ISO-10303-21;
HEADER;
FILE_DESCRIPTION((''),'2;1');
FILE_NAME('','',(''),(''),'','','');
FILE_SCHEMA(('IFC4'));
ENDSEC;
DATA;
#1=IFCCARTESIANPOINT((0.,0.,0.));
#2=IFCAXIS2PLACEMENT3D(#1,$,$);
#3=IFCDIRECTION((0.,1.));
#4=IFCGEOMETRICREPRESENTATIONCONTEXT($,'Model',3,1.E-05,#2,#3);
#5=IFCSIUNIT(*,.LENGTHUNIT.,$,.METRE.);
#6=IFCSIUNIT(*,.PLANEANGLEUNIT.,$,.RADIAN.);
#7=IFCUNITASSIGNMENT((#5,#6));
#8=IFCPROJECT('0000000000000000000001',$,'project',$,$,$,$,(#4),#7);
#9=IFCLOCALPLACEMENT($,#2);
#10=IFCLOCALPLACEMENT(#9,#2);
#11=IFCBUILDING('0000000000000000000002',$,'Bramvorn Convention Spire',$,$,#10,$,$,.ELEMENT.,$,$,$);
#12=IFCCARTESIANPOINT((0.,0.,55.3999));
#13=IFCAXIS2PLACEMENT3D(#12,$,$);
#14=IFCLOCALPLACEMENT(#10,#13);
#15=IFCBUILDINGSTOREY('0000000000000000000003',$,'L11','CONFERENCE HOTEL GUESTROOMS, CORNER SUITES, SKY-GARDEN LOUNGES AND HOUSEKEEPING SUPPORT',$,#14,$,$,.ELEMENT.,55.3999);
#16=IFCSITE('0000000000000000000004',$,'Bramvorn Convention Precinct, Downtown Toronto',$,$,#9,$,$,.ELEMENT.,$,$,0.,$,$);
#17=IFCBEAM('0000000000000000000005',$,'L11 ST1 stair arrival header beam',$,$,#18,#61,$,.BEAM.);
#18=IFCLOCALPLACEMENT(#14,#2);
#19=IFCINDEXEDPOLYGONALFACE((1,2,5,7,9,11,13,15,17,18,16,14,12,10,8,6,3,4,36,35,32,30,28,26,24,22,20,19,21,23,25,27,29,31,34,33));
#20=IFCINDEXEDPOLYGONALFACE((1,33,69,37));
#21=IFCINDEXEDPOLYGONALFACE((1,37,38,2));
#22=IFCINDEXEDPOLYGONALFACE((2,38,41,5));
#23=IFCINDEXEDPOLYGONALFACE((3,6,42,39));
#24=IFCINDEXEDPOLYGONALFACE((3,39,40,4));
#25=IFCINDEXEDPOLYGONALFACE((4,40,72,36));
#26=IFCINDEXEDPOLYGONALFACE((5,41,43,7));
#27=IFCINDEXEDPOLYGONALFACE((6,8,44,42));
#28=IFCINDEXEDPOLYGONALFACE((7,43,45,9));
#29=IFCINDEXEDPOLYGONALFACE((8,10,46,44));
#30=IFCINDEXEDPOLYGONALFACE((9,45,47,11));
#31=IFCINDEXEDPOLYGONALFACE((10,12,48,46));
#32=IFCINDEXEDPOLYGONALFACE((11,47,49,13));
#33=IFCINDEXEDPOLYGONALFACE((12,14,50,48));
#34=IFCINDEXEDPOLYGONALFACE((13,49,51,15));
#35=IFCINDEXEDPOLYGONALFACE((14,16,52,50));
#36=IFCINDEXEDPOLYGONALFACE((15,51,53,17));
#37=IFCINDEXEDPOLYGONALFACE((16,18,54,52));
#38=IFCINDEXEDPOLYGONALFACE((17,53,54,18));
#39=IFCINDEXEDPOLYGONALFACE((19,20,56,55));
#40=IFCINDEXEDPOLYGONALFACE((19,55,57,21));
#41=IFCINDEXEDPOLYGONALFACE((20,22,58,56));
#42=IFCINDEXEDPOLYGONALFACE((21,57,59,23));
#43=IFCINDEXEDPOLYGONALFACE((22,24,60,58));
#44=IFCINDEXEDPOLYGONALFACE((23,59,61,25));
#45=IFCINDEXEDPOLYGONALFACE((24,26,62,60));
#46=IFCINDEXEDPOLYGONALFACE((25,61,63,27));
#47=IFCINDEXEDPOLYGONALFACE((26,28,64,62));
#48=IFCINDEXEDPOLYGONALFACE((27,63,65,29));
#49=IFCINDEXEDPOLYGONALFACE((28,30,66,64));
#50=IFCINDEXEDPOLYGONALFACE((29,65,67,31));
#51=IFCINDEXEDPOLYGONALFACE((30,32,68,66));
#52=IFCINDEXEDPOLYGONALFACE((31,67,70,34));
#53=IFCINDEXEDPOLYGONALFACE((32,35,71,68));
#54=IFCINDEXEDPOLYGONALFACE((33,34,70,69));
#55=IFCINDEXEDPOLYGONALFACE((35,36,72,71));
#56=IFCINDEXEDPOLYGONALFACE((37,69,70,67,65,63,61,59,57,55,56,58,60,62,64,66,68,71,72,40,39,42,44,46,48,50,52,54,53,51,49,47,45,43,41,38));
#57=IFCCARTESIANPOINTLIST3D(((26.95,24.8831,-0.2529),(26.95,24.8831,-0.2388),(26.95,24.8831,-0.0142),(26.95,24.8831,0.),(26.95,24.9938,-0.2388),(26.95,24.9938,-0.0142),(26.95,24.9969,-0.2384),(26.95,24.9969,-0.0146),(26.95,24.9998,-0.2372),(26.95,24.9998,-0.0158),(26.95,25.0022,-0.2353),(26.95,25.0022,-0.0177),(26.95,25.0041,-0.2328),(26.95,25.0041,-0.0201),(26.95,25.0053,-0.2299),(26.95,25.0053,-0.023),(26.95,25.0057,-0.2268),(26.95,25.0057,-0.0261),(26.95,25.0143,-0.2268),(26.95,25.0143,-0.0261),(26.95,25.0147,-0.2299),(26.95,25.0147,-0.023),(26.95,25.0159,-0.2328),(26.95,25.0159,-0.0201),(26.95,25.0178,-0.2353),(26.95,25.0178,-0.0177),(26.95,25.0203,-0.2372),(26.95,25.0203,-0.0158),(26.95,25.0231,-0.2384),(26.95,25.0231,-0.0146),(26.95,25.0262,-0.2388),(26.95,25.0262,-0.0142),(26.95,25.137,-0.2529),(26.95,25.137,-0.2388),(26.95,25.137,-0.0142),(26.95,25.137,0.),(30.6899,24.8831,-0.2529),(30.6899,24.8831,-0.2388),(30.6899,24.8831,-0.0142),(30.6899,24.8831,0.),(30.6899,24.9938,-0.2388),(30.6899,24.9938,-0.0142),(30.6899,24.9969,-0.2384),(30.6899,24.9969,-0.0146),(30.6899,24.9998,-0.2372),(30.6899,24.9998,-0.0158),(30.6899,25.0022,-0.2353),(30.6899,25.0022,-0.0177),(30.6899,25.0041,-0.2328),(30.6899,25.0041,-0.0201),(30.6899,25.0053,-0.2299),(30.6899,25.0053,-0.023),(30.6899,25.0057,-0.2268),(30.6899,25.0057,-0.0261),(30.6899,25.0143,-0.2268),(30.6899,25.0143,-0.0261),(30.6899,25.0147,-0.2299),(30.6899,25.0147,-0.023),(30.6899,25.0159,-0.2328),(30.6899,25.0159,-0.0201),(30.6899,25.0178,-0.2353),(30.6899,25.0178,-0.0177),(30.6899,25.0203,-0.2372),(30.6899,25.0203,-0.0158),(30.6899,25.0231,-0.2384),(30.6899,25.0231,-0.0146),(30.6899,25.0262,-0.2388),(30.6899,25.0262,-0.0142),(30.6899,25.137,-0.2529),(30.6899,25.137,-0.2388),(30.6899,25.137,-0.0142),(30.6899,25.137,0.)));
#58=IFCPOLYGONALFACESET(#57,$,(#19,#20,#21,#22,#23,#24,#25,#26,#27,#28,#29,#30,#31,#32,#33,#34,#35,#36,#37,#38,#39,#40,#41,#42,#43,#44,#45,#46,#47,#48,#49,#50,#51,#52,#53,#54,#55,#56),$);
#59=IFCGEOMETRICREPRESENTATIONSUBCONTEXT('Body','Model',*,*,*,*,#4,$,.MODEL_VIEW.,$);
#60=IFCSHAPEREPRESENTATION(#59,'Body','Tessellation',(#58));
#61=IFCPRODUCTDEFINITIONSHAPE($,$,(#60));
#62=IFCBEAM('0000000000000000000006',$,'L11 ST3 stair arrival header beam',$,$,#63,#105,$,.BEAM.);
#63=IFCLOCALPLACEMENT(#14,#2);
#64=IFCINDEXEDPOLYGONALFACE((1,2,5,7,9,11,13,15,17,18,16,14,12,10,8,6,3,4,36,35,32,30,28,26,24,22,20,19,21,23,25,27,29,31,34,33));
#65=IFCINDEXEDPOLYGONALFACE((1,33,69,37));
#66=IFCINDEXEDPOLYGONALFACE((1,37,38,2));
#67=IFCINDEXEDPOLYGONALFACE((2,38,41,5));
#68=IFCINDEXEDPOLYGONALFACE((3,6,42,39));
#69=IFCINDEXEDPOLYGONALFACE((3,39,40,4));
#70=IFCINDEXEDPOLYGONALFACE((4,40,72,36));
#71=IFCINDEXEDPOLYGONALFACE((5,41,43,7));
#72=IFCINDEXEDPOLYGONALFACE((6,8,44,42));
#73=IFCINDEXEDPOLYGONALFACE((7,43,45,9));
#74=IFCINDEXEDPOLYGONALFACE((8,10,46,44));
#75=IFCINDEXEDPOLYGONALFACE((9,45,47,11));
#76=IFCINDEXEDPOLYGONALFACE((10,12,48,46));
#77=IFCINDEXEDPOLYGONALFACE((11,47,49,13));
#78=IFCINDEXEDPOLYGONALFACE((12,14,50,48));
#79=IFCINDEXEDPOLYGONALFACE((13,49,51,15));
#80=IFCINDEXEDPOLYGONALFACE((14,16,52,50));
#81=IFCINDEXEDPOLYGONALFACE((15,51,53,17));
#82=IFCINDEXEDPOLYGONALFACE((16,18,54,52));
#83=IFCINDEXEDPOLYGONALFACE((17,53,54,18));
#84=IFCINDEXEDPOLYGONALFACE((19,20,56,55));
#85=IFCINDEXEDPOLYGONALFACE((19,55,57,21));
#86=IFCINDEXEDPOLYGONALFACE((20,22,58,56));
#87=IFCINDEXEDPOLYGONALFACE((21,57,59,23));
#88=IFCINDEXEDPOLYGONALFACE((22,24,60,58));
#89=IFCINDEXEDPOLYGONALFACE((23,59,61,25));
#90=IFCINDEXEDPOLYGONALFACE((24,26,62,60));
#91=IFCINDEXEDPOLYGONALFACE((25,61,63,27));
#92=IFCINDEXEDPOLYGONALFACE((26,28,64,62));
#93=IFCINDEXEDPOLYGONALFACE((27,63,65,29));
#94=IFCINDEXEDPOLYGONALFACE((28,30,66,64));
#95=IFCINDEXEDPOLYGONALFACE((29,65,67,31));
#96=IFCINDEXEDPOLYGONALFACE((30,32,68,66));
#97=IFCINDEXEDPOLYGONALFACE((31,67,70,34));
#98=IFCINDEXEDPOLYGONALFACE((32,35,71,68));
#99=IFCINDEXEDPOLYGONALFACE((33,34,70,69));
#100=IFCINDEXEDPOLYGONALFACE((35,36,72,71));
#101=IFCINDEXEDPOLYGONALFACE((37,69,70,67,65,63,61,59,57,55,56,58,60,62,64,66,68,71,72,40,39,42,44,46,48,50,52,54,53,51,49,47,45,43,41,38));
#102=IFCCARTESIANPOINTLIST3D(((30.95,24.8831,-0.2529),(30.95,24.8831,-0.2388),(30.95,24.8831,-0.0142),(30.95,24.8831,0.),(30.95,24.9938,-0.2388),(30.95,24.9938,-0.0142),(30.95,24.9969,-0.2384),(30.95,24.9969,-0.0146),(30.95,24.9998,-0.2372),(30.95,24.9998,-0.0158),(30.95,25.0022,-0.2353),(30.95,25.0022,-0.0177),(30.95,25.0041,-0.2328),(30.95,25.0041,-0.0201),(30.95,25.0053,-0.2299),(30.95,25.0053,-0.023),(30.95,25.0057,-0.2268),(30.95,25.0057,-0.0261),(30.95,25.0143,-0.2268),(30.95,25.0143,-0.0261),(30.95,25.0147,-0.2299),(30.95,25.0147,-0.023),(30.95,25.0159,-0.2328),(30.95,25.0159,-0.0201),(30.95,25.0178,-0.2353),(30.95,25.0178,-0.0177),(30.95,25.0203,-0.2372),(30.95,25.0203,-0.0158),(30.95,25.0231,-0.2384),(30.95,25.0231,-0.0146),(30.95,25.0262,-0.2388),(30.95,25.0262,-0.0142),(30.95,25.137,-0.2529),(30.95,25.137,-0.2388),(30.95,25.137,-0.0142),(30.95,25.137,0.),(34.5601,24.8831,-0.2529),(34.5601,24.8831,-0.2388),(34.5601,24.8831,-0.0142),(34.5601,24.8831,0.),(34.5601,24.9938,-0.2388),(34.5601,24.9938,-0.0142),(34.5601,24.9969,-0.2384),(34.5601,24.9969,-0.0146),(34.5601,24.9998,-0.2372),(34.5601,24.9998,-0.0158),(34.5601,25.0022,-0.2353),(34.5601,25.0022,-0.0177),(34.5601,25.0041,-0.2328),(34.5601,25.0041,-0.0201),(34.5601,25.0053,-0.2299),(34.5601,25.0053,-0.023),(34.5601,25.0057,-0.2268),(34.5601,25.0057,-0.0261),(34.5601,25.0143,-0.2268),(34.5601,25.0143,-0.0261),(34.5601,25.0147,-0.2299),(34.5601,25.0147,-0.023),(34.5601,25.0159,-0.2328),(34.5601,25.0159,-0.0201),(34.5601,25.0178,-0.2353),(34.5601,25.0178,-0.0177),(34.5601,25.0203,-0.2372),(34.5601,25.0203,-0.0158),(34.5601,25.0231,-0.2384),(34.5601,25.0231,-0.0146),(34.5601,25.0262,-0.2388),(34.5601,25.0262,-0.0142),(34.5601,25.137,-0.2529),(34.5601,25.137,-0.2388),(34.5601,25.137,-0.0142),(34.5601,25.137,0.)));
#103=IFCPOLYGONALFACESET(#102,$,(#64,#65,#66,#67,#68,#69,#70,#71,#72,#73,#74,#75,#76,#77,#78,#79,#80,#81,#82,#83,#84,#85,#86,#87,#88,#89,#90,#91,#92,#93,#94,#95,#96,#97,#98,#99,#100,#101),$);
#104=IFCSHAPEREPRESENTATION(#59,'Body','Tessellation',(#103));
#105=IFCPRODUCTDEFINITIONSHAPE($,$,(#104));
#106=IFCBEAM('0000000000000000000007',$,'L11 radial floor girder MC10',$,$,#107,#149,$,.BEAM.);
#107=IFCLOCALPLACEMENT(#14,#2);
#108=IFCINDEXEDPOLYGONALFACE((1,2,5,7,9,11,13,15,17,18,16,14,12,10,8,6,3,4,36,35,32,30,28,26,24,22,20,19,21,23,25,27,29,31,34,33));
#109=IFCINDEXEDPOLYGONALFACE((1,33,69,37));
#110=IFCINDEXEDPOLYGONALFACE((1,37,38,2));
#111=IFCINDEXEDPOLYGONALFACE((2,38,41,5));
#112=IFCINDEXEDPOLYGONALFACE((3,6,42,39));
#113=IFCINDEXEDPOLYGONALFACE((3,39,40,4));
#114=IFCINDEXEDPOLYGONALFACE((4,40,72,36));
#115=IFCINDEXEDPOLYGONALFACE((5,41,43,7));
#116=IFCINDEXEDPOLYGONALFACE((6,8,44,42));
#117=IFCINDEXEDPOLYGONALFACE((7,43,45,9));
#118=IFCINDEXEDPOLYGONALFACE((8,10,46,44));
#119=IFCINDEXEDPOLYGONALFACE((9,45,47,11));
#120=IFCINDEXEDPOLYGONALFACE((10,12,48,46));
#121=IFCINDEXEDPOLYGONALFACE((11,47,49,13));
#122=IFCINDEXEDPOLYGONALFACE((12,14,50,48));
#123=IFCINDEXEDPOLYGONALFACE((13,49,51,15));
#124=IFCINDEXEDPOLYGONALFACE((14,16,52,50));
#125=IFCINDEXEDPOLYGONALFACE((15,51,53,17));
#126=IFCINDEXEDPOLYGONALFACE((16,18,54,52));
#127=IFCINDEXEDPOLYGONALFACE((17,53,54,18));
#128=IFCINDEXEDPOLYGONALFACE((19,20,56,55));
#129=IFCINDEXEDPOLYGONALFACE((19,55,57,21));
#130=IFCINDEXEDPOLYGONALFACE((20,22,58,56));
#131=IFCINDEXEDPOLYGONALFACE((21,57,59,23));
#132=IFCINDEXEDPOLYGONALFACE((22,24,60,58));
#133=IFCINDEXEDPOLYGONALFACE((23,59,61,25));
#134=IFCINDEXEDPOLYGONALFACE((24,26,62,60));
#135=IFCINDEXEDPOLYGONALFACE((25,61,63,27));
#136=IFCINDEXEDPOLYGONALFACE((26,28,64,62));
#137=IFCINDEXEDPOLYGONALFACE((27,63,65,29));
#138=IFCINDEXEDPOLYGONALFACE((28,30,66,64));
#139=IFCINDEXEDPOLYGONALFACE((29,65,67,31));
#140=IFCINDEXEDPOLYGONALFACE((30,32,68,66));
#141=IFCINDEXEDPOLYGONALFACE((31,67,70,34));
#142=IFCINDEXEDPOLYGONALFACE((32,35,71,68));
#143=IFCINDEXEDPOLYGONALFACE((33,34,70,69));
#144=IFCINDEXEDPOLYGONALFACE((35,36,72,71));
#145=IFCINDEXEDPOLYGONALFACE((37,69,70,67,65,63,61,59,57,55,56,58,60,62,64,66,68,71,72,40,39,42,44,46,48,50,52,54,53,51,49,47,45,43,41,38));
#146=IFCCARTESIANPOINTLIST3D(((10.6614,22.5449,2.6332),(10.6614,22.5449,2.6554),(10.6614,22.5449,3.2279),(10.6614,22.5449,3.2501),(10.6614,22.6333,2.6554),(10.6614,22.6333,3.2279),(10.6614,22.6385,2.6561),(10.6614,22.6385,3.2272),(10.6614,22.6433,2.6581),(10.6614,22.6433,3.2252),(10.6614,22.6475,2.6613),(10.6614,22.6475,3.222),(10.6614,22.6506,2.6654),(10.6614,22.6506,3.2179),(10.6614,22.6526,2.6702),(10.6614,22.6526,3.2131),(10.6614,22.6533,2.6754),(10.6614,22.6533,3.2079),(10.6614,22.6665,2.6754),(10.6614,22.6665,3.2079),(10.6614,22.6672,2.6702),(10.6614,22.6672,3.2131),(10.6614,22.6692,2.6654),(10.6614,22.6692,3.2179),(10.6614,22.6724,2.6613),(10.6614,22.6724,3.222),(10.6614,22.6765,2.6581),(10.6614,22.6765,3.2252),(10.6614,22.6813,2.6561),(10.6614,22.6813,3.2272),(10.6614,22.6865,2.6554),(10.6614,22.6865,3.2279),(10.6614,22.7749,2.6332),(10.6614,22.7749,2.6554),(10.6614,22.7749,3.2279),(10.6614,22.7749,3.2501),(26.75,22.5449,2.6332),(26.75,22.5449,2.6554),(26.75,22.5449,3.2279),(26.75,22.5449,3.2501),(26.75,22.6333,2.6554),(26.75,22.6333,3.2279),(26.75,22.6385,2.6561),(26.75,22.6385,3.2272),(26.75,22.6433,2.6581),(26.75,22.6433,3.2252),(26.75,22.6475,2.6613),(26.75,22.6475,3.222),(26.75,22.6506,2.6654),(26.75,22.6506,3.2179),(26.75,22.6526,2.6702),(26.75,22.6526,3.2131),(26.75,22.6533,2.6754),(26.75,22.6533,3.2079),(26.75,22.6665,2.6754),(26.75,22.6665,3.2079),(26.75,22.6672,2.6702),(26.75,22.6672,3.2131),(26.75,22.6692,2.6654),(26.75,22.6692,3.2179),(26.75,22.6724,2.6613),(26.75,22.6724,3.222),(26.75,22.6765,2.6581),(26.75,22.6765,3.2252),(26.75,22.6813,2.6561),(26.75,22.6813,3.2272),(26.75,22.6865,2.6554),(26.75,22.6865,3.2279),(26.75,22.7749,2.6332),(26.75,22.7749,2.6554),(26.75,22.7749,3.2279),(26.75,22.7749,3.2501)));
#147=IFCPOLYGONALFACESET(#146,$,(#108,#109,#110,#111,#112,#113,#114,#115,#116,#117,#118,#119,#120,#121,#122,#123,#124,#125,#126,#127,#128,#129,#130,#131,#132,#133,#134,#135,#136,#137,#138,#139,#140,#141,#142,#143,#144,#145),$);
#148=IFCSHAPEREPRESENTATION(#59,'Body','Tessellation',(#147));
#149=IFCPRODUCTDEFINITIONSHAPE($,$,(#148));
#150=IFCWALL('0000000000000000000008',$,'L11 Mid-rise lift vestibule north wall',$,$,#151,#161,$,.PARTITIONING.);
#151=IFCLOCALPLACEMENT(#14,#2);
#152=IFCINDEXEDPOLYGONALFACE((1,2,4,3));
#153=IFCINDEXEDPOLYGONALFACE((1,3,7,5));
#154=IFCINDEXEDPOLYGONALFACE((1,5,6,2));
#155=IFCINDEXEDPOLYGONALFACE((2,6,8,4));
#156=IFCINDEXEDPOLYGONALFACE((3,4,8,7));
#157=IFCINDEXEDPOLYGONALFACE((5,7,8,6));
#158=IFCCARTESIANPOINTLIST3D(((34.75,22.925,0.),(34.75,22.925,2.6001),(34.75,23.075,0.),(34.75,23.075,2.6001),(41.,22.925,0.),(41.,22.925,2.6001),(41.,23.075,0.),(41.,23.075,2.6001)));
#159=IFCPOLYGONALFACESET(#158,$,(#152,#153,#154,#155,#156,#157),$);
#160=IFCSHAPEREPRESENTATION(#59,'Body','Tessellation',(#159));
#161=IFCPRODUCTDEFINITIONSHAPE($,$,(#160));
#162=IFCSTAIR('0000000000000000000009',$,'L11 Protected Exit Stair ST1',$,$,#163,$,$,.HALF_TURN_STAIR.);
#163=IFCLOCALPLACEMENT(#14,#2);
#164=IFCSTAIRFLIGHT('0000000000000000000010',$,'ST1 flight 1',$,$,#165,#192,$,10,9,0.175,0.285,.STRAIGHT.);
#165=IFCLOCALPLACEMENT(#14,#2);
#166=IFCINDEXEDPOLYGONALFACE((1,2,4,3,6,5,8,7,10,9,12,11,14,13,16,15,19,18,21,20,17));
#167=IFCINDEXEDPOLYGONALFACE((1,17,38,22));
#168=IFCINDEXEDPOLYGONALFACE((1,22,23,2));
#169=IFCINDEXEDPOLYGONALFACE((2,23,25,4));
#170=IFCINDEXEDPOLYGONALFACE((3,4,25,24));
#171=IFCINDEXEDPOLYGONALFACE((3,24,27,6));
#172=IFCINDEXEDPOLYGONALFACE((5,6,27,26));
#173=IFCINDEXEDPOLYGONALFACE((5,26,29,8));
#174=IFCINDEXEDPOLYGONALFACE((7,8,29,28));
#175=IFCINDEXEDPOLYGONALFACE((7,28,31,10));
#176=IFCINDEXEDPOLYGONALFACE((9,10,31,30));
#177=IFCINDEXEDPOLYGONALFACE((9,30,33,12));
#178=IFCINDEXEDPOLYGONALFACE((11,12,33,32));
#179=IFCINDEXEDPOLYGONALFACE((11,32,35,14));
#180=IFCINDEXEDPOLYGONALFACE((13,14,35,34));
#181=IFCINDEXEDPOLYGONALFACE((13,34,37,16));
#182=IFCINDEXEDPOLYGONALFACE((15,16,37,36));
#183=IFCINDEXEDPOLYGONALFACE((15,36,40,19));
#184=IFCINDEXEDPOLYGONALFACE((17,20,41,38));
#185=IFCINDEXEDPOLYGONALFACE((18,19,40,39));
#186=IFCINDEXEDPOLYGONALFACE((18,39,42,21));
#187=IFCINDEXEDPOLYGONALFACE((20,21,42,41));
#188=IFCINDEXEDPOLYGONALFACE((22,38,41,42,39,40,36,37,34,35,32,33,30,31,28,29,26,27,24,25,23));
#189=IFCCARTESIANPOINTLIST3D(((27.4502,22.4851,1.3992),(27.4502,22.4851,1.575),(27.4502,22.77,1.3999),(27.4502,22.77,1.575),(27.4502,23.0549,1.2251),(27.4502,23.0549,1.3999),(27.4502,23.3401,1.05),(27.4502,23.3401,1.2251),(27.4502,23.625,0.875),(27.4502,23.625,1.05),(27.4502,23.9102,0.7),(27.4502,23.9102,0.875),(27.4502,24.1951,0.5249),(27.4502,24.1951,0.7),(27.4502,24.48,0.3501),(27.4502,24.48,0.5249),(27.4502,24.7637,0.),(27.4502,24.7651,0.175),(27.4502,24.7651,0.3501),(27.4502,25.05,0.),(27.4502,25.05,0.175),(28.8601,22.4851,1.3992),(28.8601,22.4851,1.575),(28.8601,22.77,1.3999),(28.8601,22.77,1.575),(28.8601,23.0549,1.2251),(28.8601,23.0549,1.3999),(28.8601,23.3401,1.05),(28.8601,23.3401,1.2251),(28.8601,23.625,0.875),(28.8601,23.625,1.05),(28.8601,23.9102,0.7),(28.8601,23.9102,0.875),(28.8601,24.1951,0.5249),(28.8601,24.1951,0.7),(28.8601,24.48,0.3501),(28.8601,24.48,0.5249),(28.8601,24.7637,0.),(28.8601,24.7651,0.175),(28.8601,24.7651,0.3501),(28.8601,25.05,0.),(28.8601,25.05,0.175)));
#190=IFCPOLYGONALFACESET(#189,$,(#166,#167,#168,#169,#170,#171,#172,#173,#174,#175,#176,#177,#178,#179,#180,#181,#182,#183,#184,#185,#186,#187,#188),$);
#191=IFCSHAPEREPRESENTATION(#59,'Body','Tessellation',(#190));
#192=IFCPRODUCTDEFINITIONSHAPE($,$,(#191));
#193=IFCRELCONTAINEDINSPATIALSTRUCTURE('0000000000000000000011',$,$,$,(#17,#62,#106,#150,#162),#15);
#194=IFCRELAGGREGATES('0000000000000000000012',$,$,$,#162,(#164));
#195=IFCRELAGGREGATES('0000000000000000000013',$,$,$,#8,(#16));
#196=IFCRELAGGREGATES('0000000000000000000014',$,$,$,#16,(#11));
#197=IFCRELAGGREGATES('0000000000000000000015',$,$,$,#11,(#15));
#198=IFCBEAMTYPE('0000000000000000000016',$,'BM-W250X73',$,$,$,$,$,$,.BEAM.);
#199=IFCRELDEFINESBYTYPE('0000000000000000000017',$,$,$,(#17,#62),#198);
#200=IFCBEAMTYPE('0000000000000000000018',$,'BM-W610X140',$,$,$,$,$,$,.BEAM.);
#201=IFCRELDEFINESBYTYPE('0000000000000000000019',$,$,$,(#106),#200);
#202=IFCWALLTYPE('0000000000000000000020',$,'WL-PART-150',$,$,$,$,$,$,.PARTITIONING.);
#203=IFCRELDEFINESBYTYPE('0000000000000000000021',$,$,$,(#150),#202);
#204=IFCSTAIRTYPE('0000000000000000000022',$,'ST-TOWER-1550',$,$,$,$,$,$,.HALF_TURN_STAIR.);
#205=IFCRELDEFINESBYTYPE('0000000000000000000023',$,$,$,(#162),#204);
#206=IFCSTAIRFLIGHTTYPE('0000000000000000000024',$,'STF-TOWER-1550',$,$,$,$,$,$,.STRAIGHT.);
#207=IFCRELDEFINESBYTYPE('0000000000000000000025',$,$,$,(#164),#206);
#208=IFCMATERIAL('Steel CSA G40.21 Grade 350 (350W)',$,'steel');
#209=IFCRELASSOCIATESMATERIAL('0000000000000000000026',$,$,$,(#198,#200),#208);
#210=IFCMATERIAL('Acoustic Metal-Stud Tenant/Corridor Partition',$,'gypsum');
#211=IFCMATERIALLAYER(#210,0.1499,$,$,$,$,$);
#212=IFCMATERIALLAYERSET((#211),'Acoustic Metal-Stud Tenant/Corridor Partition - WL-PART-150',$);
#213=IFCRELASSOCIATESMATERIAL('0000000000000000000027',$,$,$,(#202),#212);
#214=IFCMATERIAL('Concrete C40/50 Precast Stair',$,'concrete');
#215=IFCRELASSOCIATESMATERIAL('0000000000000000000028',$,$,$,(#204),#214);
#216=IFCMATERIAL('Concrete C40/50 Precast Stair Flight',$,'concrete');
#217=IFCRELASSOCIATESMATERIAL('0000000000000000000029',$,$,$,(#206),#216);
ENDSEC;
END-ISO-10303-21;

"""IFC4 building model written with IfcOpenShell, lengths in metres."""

from ifc_helpers import new_model, si_unit, direction, frame, frame_2d, origin, origin_2d, place, context, subcontext, project, spatial, polyline, rectangle, i_section, outline, extrude, material, layer, layer_set, material_profile, profile_set, type_object, element, aggregate, save


model = new_model("IFC4")

# Units and contexts
model_context = context("Model", 3, precision=1e-05, world=origin(), true_north=direction((0.0, 1.0)))
body_context = subcontext(model_context, "Body", "Model", "MODEL_VIEW")
ifc_project = project(units=[si_unit("LENGTHUNIT", "METRE"), si_unit("PLANEANGLEUNIT", "RADIAN")], contexts=[model_context])

# Site, building, storey
site_placement = place(None, origin())
site = spatial("IfcSite", under=ifc_project, at=site_placement, Name="Bramvorn Convention Precinct, Downtown Toronto", CompositionType="ELEMENT", RefElevation=0.0)
building_placement = place(site_placement, origin())
building = spatial("IfcBuilding", under=site, at=building_placement, Name="Bramvorn Convention Spire", CompositionType="ELEMENT")
storey_placement = place(building_placement, frame((0.0, 0.0, 55.3999)))
storey = spatial("IfcBuildingStorey", under=building, at=storey_placement, Name="L11", Description="CONFERENCE HOTEL GUESTROOMS, CORNER SUITES, SKY-GARDEN LOUNGES AND HOUSEKEEPING SUPPORT", CompositionType="ELEMENT", Elevation=55.3999)

# Beams
ifc_material_1 = material(Name="Steel CSA G40.21 Grade 350 (350W)", Category="steel")
ifc_material_profile_1 = material_profile(ifc_material_1, i_section(OverallWidth=0.2539, OverallDepth=0.2529, WebThickness=0.0085, FlangeThickness=0.0142, FilletRadius=0.012, at=origin_2d()))
ifc_profile_set_1 = profile_set([ifc_material_profile_1], Name="Steel CSA G40.21 Grade 350 (350W) - W250X73")
beam_type_1 = type_object("IfcBeamType", Name="BM-W250X73", PredefinedType="BEAM", material=ifc_profile_set_1)
beam_1_placement = place(storey_placement, frame((26.95, 25.01, -0.1265), z_axis=(1.0, 0.0, 0.0), x_axis=(0.0, 1.0, 0.0)))
element("IfcBeam", 1, at=beam_1_placement, inside=storey, type_object=beam_type_1, Name="L11 ST1 stair arrival header beam", PredefinedType="BEAM", context=body_context, shape_type="SweptSolid", body=[
    extrude(i_section(OverallWidth=0.2539, OverallDepth=0.2529, WebThickness=0.0085, FlangeThickness=0.0142, FilletRadius=0.012, at=origin_2d()), origin(), (0.0, 0.0, 1.0), 3.74),
])
beam_2_placement = place(storey_placement, frame((30.95, 25.01, -0.1265), z_axis=(1.0, 0.0, 0.0), x_axis=(0.0, 1.0, 0.0)))
element("IfcBeam", 2, at=beam_2_placement, inside=storey, type_object=beam_type_1, Name="L11 ST3 stair arrival header beam", PredefinedType="BEAM", context=body_context, shape_type="SweptSolid", body=[
    extrude(i_section(OverallWidth=0.2539, OverallDepth=0.2529, WebThickness=0.0085, FlangeThickness=0.0142, FilletRadius=0.012, at=origin_2d()), origin(), (0.0, 0.0, 1.0), 3.6101),
])
ifc_material_profile_2 = material_profile(ifc_material_1, i_section(OverallWidth=0.23, OverallDepth=0.6169, WebThickness=0.0132, FlangeThickness=0.0222, FilletRadius=0.02, at=origin_2d()))
ifc_profile_set_2 = profile_set([ifc_material_profile_2], Name="Steel CSA G40.21 Grade 350 (350W) - W610X140")
beam_type_2 = type_object("IfcBeamType", Name="BM-W610X140", PredefinedType="BEAM", material=ifc_profile_set_2)
beam_3_placement = place(storey_placement, frame((26.75, 22.6599, 2.9417), z_axis=(-1.0, 0.0, 0.0), x_axis=(0.0, -1.0, 0.0)))
element("IfcBeam", 3, at=beam_3_placement, inside=storey, type_object=beam_type_2, Name="L11 radial floor girder MC10", PredefinedType="BEAM", context=body_context, shape_type="SweptSolid", body=[
    extrude(i_section(OverallWidth=0.23, OverallDepth=0.6169, WebThickness=0.0132, FlangeThickness=0.0222, FilletRadius=0.02, at=origin_2d()), origin(), (0.0, 0.0, 1.0), 16.0886),
])

# Wall
ifc_material_2 = material(Name="Acoustic Metal-Stud Tenant/Corridor Partition", Category="gypsum")
ifc_layer = layer(ifc_material_2, 0.1499)
ifc_layer_set = layer_set([ifc_layer], Name="Acoustic Metal-Stud Tenant/Corridor Partition - WL-PART-150")
wall_type = type_object("IfcWallType", Name="WL-PART-150", PredefinedType="PARTITIONING", material=ifc_layer_set)
wall_placement = place(storey_placement, frame((34.75, 23.0, 0.0), z_axis=(0.0, 0.0, 1.0), x_axis=(1.0, 0.0, 0.0)))
element("IfcWall", 4, at=wall_placement, inside=storey, type_object=wall_type, Name="L11 Mid-rise lift vestibule north wall", PredefinedType="PARTITIONING", context=body_context, shape_type="SweptSolid", body=[
    extrude(rectangle(XDim=6.25, YDim=0.1499, at=frame_2d((3.125, 0.0))), origin(), (0.0, 0.0, 1.0), 2.6001),
])

# Stair, stair flight
ifc_material_3 = material(Name="Concrete C40/50 Precast Stair", Category="concrete")
stair_type = type_object("IfcStairType", Name="ST-TOWER-1550", PredefinedType="HALF_TURN_STAIR", material=ifc_material_3)
stair_1_placement = place(storey_placement, origin())
stair_1 = element("IfcStair", 5, at=stair_1_placement, inside=storey, type_object=stair_type, Name="L11 Protected Exit Stair ST1", PredefinedType="HALF_TURN_STAIR")
ifc_material_4 = material(Name="Concrete C40/50 Precast Stair Flight", Category="concrete")
stair_flight_type = type_object("IfcStairFlightType", Name="STF-TOWER-1550", PredefinedType="STRAIGHT", material=ifc_material_4)
stair_flight_1_placement = place(storey_placement, frame((28.155, 25.05, 0.0), z_axis=(0.0, 0.0, 1.0), x_axis=(0.0, -1.0, 0.0)))
stair_flight_1 = element("IfcStairFlight", 6, at=stair_flight_1_placement, type_object=stair_flight_type, Name="ST1 flight 1", NumberOfRisers=10, NumberOfTreads=9, PredefinedType="STRAIGHT", RiserHeight=0.175, TreadLength=0.285, context=body_context, shape_type="SweptSolid", body=[
    extrude(outline(polyline([(0.0, 0.0), (0.0, 0.175), (0.2849, 0.175), (0.2849, 0.3501), (0.5701, 0.3501), (0.5701, 0.5249), (0.855, 0.5249), (0.855, 0.7), (1.1399, 0.7), (1.1399, 0.875), (1.425, 0.875), (1.425, 1.05), (1.71, 1.05), (1.71, 1.2251), (1.9951, 1.2251), (1.9951, 1.3999), (2.28, 1.3999), (2.28, 1.575), (2.5649, 1.575), (2.5649, 1.75), (2.5649, 1.3992), (0.2864, 0.0), (0.0, 0.0)])), frame((0.0, 0.7051, 0.0), z_axis=(0.0, -1.0, 0.0), x_axis=(1.0, 0.0, 0.0)), (0.0, 0.0, 1.0), 1.4099),
])
aggregate(stair_1, [stair_flight_1])

save(model, "model.ifc")
